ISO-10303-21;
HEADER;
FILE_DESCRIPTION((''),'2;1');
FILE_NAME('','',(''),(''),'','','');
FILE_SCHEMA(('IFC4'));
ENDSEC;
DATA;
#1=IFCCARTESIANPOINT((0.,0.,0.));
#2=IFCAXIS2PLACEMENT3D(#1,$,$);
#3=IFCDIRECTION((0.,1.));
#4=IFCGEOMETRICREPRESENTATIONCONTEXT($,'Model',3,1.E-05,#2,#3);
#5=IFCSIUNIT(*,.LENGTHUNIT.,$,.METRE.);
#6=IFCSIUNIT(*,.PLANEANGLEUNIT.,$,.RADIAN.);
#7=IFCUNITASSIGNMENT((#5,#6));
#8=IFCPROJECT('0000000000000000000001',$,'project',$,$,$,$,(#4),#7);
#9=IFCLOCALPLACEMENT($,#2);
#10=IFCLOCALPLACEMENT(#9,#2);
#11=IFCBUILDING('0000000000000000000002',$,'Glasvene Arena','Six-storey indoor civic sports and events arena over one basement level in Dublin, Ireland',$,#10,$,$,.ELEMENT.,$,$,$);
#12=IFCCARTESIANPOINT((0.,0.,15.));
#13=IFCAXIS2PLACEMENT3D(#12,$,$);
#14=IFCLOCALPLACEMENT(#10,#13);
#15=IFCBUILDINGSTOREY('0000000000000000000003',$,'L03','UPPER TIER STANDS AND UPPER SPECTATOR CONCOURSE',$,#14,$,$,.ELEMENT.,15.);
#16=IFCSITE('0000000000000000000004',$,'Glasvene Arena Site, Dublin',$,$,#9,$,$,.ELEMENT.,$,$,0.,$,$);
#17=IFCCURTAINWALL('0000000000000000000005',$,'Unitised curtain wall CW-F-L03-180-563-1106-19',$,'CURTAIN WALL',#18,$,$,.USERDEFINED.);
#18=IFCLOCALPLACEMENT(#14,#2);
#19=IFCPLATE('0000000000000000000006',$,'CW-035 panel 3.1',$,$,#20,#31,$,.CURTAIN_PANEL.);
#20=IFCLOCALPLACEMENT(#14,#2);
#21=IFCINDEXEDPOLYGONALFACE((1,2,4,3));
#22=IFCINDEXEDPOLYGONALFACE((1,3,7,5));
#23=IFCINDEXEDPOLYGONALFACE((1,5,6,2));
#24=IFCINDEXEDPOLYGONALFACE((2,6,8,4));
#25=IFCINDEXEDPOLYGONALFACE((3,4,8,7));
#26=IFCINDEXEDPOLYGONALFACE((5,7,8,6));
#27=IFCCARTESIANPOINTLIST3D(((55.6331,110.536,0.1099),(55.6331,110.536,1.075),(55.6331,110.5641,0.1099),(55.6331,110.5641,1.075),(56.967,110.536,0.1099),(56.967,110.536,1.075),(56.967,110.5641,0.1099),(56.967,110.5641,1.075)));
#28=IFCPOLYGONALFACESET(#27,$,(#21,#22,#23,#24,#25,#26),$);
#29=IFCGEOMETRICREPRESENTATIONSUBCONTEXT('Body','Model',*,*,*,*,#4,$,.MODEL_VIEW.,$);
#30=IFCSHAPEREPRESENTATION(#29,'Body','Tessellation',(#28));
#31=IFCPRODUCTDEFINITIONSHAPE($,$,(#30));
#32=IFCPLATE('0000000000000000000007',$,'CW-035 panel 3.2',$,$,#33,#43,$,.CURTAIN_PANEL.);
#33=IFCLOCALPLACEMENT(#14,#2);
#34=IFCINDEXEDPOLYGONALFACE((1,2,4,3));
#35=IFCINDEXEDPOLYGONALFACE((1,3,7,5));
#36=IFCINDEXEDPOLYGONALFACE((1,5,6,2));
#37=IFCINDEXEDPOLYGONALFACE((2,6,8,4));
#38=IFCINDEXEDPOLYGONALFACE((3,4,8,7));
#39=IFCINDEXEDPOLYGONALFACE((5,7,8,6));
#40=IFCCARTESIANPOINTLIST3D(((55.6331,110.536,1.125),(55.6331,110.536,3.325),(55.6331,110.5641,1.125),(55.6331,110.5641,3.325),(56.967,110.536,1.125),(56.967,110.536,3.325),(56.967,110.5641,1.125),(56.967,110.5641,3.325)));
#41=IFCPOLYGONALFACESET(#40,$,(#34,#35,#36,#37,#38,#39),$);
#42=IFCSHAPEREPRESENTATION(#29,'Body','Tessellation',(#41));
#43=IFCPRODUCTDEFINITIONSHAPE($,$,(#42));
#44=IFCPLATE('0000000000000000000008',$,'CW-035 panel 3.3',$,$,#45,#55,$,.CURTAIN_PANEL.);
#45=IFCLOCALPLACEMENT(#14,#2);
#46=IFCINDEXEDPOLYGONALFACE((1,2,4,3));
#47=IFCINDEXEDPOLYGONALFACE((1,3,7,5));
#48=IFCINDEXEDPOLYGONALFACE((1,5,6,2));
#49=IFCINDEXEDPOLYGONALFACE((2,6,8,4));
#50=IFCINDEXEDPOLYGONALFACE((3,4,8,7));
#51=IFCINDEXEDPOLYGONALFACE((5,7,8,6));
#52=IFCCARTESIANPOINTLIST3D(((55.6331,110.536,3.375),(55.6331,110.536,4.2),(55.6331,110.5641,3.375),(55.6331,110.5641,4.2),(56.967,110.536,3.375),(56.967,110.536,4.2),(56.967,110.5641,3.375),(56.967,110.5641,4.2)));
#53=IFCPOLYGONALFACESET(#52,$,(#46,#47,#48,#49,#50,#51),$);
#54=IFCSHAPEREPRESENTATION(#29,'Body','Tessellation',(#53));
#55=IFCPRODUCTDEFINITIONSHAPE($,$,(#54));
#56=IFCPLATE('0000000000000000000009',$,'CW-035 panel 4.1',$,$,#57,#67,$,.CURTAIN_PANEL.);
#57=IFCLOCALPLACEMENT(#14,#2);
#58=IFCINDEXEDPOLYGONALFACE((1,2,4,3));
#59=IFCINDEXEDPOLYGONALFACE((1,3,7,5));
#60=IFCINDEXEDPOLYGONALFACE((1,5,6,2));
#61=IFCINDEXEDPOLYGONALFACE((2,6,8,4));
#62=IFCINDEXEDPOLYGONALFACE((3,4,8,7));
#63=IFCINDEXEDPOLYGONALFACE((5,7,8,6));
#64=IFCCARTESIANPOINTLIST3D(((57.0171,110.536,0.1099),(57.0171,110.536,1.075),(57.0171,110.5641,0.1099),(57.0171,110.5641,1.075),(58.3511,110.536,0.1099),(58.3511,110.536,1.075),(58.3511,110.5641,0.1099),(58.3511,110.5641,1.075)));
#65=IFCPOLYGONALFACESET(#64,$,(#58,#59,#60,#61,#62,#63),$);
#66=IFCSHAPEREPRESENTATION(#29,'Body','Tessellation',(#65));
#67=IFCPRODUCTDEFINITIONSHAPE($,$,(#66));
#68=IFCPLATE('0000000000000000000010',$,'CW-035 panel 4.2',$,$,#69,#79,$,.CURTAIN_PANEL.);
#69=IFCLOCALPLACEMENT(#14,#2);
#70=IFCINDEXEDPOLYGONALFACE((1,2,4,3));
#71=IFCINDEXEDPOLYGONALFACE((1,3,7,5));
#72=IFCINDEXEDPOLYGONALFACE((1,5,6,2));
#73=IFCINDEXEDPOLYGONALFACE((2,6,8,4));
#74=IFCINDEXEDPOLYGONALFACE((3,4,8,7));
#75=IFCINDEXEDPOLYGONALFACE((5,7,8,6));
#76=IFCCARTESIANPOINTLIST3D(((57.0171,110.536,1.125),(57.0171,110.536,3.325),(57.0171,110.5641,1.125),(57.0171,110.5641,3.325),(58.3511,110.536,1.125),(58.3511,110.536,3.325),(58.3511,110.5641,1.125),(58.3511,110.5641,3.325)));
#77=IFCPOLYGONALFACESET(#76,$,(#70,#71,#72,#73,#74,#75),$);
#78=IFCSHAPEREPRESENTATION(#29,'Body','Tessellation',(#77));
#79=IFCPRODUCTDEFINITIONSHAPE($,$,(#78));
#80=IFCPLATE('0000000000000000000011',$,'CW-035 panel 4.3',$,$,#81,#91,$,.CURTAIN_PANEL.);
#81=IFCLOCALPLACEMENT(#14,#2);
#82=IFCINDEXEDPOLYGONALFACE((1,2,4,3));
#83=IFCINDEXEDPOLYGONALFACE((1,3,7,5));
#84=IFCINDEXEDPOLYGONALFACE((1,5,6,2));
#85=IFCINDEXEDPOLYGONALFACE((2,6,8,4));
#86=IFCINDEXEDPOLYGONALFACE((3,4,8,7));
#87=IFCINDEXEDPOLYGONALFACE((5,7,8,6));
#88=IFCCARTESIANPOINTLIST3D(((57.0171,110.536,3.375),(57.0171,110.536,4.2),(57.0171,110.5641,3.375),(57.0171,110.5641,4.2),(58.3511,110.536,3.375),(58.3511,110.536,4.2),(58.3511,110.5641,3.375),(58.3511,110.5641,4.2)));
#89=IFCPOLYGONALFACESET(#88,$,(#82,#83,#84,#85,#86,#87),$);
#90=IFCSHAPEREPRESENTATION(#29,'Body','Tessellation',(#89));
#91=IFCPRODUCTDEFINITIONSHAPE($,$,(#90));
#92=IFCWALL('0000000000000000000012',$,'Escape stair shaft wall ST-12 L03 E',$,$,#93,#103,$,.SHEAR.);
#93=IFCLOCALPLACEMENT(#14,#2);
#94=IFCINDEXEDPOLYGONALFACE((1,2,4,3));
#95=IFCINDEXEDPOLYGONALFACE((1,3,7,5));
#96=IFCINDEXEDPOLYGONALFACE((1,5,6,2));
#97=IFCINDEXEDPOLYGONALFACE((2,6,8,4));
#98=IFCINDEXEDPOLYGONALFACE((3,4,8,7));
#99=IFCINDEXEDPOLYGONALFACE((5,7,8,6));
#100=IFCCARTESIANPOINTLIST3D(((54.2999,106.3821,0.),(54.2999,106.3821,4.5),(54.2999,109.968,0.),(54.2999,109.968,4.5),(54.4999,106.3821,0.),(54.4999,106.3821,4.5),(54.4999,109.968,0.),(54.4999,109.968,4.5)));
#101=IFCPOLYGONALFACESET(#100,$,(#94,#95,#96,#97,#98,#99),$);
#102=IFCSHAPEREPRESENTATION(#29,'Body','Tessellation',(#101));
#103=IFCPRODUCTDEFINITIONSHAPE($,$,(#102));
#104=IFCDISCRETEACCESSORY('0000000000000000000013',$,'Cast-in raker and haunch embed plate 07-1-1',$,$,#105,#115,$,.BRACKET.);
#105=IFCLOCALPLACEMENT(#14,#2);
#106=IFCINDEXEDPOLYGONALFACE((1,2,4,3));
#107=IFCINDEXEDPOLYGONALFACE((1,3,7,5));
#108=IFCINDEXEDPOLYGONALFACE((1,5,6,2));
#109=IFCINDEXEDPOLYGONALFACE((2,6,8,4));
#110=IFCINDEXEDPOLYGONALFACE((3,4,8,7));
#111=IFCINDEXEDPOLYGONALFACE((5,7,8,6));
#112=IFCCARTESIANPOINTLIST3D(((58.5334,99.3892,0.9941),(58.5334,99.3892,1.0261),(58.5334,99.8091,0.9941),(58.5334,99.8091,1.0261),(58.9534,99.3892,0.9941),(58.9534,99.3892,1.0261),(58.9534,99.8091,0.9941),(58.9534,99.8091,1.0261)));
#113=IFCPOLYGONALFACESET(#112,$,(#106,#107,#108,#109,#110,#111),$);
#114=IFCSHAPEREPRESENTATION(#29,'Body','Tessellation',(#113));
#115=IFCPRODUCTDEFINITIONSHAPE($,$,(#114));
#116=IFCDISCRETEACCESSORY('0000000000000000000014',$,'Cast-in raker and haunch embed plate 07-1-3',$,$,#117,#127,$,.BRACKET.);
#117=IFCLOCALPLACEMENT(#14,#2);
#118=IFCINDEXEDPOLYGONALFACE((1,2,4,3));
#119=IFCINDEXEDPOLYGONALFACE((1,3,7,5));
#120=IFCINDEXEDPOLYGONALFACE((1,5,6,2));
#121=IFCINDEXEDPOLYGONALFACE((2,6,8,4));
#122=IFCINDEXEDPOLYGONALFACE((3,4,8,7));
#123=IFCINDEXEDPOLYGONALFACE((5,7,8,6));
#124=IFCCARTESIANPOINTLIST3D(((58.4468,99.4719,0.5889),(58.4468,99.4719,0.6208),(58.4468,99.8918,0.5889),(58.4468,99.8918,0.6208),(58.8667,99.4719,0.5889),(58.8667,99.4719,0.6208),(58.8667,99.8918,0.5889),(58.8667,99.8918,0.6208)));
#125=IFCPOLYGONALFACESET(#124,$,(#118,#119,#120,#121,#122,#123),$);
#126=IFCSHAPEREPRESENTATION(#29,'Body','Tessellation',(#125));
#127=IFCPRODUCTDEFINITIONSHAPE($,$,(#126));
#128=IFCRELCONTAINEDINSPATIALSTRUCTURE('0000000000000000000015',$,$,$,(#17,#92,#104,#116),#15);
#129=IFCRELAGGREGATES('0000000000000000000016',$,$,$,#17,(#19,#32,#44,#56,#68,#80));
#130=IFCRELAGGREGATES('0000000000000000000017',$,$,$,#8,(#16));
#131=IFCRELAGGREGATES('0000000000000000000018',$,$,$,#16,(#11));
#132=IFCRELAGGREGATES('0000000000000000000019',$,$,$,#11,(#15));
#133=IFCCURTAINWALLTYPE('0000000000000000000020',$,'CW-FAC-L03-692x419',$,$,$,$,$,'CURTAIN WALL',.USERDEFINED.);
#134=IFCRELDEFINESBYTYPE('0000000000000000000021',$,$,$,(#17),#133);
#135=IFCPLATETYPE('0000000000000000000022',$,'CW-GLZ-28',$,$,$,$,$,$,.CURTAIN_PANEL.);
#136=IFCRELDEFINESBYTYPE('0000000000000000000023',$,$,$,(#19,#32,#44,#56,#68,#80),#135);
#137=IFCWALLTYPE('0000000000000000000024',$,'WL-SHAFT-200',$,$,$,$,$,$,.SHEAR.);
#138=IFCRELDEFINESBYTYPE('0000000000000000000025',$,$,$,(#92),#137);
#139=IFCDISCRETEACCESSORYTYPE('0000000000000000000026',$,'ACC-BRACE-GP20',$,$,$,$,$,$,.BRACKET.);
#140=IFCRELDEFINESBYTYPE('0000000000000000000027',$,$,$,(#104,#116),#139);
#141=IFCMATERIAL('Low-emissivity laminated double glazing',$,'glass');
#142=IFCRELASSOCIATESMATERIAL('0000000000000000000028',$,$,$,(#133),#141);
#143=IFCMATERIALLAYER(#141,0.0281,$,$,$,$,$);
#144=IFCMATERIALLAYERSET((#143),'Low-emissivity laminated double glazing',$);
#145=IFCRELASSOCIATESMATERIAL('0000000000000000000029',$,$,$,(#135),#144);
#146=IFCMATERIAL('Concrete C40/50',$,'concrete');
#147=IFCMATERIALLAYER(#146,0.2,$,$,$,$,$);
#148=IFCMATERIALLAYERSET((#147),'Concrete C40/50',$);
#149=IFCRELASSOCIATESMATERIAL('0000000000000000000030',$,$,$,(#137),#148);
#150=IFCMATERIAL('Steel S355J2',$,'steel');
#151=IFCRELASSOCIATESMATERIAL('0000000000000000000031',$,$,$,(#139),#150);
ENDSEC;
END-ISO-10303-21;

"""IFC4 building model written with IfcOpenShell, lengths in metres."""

from ifc_helpers import new_model, si_unit, direction, frame, frame_2d, origin, origin_2d, place, context, subcontext, project, spatial, rectangle, extrude, material, layer, layer_set, type_object, element, aggregate, save


model = new_model("IFC4")

# Units and contexts
model_context = context("Model", 3, precision=1e-05, world=origin(), true_north=direction((0.0, 1.0)))
body_context = subcontext(model_context, "Body", "Model", "MODEL_VIEW")
ifc_project = project(units=[si_unit("LENGTHUNIT", "METRE"), si_unit("PLANEANGLEUNIT", "RADIAN")], contexts=[model_context])

# Site, building, storey
site_placement = place(None, origin())
site = spatial("IfcSite", under=ifc_project, at=site_placement, Name="Glasvene Arena Site, Dublin", CompositionType="ELEMENT", RefElevation=0.0)
building_placement = place(site_placement, origin())
building = spatial("IfcBuilding", under=site, at=building_placement, Name="Glasvene Arena", Description="Six-storey indoor civic sports and events arena over one basement level in Dublin, Ireland", CompositionType="ELEMENT")
storey_placement = place(building_placement, frame((0.0, 0.0, 15.0)))
storey = spatial("IfcBuildingStorey", under=building, at=storey_placement, Name="L03", Description="UPPER TIER STANDS AND UPPER SPECTATOR CONCOURSE", CompositionType="ELEMENT", Elevation=15.0)

# Shared definitions
ifc_material_1 = material(Name="Steel S355J2", Category="steel")

# Curtain wall, plates
ifc_material_2 = material(Name="Low-emissivity laminated double glazing", Category="glass")
curtain_wall_type = type_object("IfcCurtainWallType", Name="CW-FAC-L03-692x419", ElementType="CURTAIN WALL", PredefinedType="USERDEFINED", material=ifc_material_2)
curtain_wall_placement = place(storey_placement, frame((52.8401, 110.55, 0.0)))
curtain_wall = element("IfcCurtainWall", 1, at=curtain_wall_placement, inside=storey, type_object=curtain_wall_type, Name="Unitised curtain wall CW-F-L03-180-563-1106-19", ObjectType="CURTAIN WALL", PredefinedType="USERDEFINED")
ifc_layer_1 = layer(ifc_material_2, 0.0281)
ifc_layer_set_1 = layer_set([ifc_layer_1], Name="Low-emissivity laminated double glazing")
plate_type = type_object("IfcPlateType", Name="CW-GLZ-28", PredefinedType="CURTAIN_PANEL", material=ifc_layer_set_1)
plate_1_placement = place(storey_placement, frame((56.3, 110.55, 0.1099), z_axis=(0.0, 0.0, 1.0), x_axis=(1.0, 0.0, 0.0)))
plate_1 = element("IfcPlate", 2, at=plate_1_placement, type_object=plate_type, Name="CW-035 panel 3.1", PredefinedType="CURTAIN_PANEL", context=body_context, shape_type="SweptSolid", body=[
    extrude(rectangle(XDim=1.334, YDim=0.0281, at=origin_2d()), origin(), (0.0, 0.0, 1.0), 0.9651),
])
plate_2_placement = place(storey_placement, frame((56.3, 110.55, 1.125), z_axis=(0.0, 0.0, 1.0), x_axis=(1.0, 0.0, 0.0)))
plate_2 = element("IfcPlate", 3, at=plate_2_placement, type_object=plate_type, Name="CW-035 panel 3.2", PredefinedType="CURTAIN_PANEL", context=body_context, shape_type="SweptSolid", body=[
    extrude(rectangle(XDim=1.334, YDim=0.0281, at=origin_2d()), origin(), (0.0, 0.0, 1.0), 2.2),
])
plate_3_placement = place(storey_placement, frame((56.3, 110.55, 3.375), z_axis=(0.0, 0.0, 1.0), x_axis=(1.0, 0.0, 0.0)))
plate_3 = element("IfcPlate", 4, at=plate_3_placement, type_object=plate_type, Name="CW-035 panel 3.3", PredefinedType="CURTAIN_PANEL", context=body_context, shape_type="SweptSolid", body=[
    extrude(rectangle(XDim=1.334, YDim=0.0281, at=origin_2d()), origin(), (0.0, 0.0, 1.0), 0.825),
])
plate_4_placement = place(storey_placement, frame((57.6841, 110.55, 0.1099), z_axis=(0.0, 0.0, 1.0), x_axis=(1.0, 0.0, 0.0)))
plate_4 = element("IfcPlate", 5, at=plate_4_placement, type_object=plate_type, Name="CW-035 panel 4.1", PredefinedType="CURTAIN_PANEL", context=body_context, shape_type="SweptSolid", body=[
    extrude(rectangle(XDim=1.334, YDim=0.0281, at=origin_2d()), origin(), (0.0, 0.0, 1.0), 0.9651),
])
plate_5_placement = place(storey_placement, frame((57.6841, 110.55, 1.125), z_axis=(0.0, 0.0, 1.0), x_axis=(1.0, 0.0, 0.0)))
plate_5 = element("IfcPlate", 6, at=plate_5_placement, type_object=plate_type, Name="CW-035 panel 4.2", PredefinedType="CURTAIN_PANEL", context=body_context, shape_type="SweptSolid", body=[
    extrude(rectangle(XDim=1.334, YDim=0.0281, at=origin_2d()), origin(), (0.0, 0.0, 1.0), 2.2),
])
plate_6_placement = place(storey_placement, frame((57.6841, 110.55, 3.375), z_axis=(0.0, 0.0, 1.0), x_axis=(1.0, 0.0, 0.0)))
plate_6 = element("IfcPlate", 7, at=plate_6_placement, type_object=plate_type, Name="CW-035 panel 4.3", PredefinedType="CURTAIN_PANEL", context=body_context, shape_type="SweptSolid", body=[
    extrude(rectangle(XDim=1.334, YDim=0.0281, at=origin_2d()), origin(), (0.0, 0.0, 1.0), 0.825),
])
aggregate(curtain_wall, [plate_1, plate_2, plate_3, plate_4, plate_5, plate_6])

# Wall
ifc_material_3 = material(Name="Concrete C40/50", Category="concrete")
ifc_layer_2 = layer(ifc_material_3, 0.2)
ifc_layer_set_2 = layer_set([ifc_layer_2], Name="Concrete C40/50")
wall_type = type_object("IfcWallType", Name="WL-SHAFT-200", PredefinedType="SHEAR", material=ifc_layer_set_2)
wall_placement = place(storey_placement, frame((54.3999, 106.3821, 0.0), z_axis=(0.0, 0.0, 1.0), x_axis=(0.0, 1.0, 0.0)))
element("IfcWall", 8, at=wall_placement, inside=storey, type_object=wall_type, Name="Escape stair shaft wall ST-12 L03 E", PredefinedType="SHEAR", context=body_context, shape_type="SweptSolid", body=[
    extrude(rectangle(XDim=3.5859, YDim=0.2, at=frame_2d((1.793, 0.0))), origin(), (0.0, 0.0, 1.0), 4.5),
])

# Discrete accessories
discrete_accessory_type = type_object("IfcDiscreteAccessoryType", Name="ACC-BRACE-GP20", PredefinedType="BRACKET", material=ifc_material_1)
for number, where, z_axis, x_axis, name in (
    (9, (58.7434, 99.5991, 0.9941), (0.0, 0.0, 1.0), (1.0, 0.0, 0.0), "Cast-in raker and haunch embed plate 07-1-1"),
    (10, (58.6567, 99.6819, 0.5889), (0.0, 0.0, 1.0), (1.0, 0.0, 0.0), "Cast-in raker and haunch embed plate 07-1-3"),
):
    element("IfcDiscreteAccessory", number, at=place(storey_placement, frame(where, z_axis=z_axis, x_axis=x_axis)), inside=storey, type_object=discrete_accessory_type, Name=name, PredefinedType="BRACKET", context=body_context, shape_type="SweptSolid", body=[
        extrude(rectangle(XDim=0.4199, YDim=0.4199, at=origin_2d()), origin(), (0.0, 0.0, 1.0), 0.032),
    ])

save(model, "model.ifc")
